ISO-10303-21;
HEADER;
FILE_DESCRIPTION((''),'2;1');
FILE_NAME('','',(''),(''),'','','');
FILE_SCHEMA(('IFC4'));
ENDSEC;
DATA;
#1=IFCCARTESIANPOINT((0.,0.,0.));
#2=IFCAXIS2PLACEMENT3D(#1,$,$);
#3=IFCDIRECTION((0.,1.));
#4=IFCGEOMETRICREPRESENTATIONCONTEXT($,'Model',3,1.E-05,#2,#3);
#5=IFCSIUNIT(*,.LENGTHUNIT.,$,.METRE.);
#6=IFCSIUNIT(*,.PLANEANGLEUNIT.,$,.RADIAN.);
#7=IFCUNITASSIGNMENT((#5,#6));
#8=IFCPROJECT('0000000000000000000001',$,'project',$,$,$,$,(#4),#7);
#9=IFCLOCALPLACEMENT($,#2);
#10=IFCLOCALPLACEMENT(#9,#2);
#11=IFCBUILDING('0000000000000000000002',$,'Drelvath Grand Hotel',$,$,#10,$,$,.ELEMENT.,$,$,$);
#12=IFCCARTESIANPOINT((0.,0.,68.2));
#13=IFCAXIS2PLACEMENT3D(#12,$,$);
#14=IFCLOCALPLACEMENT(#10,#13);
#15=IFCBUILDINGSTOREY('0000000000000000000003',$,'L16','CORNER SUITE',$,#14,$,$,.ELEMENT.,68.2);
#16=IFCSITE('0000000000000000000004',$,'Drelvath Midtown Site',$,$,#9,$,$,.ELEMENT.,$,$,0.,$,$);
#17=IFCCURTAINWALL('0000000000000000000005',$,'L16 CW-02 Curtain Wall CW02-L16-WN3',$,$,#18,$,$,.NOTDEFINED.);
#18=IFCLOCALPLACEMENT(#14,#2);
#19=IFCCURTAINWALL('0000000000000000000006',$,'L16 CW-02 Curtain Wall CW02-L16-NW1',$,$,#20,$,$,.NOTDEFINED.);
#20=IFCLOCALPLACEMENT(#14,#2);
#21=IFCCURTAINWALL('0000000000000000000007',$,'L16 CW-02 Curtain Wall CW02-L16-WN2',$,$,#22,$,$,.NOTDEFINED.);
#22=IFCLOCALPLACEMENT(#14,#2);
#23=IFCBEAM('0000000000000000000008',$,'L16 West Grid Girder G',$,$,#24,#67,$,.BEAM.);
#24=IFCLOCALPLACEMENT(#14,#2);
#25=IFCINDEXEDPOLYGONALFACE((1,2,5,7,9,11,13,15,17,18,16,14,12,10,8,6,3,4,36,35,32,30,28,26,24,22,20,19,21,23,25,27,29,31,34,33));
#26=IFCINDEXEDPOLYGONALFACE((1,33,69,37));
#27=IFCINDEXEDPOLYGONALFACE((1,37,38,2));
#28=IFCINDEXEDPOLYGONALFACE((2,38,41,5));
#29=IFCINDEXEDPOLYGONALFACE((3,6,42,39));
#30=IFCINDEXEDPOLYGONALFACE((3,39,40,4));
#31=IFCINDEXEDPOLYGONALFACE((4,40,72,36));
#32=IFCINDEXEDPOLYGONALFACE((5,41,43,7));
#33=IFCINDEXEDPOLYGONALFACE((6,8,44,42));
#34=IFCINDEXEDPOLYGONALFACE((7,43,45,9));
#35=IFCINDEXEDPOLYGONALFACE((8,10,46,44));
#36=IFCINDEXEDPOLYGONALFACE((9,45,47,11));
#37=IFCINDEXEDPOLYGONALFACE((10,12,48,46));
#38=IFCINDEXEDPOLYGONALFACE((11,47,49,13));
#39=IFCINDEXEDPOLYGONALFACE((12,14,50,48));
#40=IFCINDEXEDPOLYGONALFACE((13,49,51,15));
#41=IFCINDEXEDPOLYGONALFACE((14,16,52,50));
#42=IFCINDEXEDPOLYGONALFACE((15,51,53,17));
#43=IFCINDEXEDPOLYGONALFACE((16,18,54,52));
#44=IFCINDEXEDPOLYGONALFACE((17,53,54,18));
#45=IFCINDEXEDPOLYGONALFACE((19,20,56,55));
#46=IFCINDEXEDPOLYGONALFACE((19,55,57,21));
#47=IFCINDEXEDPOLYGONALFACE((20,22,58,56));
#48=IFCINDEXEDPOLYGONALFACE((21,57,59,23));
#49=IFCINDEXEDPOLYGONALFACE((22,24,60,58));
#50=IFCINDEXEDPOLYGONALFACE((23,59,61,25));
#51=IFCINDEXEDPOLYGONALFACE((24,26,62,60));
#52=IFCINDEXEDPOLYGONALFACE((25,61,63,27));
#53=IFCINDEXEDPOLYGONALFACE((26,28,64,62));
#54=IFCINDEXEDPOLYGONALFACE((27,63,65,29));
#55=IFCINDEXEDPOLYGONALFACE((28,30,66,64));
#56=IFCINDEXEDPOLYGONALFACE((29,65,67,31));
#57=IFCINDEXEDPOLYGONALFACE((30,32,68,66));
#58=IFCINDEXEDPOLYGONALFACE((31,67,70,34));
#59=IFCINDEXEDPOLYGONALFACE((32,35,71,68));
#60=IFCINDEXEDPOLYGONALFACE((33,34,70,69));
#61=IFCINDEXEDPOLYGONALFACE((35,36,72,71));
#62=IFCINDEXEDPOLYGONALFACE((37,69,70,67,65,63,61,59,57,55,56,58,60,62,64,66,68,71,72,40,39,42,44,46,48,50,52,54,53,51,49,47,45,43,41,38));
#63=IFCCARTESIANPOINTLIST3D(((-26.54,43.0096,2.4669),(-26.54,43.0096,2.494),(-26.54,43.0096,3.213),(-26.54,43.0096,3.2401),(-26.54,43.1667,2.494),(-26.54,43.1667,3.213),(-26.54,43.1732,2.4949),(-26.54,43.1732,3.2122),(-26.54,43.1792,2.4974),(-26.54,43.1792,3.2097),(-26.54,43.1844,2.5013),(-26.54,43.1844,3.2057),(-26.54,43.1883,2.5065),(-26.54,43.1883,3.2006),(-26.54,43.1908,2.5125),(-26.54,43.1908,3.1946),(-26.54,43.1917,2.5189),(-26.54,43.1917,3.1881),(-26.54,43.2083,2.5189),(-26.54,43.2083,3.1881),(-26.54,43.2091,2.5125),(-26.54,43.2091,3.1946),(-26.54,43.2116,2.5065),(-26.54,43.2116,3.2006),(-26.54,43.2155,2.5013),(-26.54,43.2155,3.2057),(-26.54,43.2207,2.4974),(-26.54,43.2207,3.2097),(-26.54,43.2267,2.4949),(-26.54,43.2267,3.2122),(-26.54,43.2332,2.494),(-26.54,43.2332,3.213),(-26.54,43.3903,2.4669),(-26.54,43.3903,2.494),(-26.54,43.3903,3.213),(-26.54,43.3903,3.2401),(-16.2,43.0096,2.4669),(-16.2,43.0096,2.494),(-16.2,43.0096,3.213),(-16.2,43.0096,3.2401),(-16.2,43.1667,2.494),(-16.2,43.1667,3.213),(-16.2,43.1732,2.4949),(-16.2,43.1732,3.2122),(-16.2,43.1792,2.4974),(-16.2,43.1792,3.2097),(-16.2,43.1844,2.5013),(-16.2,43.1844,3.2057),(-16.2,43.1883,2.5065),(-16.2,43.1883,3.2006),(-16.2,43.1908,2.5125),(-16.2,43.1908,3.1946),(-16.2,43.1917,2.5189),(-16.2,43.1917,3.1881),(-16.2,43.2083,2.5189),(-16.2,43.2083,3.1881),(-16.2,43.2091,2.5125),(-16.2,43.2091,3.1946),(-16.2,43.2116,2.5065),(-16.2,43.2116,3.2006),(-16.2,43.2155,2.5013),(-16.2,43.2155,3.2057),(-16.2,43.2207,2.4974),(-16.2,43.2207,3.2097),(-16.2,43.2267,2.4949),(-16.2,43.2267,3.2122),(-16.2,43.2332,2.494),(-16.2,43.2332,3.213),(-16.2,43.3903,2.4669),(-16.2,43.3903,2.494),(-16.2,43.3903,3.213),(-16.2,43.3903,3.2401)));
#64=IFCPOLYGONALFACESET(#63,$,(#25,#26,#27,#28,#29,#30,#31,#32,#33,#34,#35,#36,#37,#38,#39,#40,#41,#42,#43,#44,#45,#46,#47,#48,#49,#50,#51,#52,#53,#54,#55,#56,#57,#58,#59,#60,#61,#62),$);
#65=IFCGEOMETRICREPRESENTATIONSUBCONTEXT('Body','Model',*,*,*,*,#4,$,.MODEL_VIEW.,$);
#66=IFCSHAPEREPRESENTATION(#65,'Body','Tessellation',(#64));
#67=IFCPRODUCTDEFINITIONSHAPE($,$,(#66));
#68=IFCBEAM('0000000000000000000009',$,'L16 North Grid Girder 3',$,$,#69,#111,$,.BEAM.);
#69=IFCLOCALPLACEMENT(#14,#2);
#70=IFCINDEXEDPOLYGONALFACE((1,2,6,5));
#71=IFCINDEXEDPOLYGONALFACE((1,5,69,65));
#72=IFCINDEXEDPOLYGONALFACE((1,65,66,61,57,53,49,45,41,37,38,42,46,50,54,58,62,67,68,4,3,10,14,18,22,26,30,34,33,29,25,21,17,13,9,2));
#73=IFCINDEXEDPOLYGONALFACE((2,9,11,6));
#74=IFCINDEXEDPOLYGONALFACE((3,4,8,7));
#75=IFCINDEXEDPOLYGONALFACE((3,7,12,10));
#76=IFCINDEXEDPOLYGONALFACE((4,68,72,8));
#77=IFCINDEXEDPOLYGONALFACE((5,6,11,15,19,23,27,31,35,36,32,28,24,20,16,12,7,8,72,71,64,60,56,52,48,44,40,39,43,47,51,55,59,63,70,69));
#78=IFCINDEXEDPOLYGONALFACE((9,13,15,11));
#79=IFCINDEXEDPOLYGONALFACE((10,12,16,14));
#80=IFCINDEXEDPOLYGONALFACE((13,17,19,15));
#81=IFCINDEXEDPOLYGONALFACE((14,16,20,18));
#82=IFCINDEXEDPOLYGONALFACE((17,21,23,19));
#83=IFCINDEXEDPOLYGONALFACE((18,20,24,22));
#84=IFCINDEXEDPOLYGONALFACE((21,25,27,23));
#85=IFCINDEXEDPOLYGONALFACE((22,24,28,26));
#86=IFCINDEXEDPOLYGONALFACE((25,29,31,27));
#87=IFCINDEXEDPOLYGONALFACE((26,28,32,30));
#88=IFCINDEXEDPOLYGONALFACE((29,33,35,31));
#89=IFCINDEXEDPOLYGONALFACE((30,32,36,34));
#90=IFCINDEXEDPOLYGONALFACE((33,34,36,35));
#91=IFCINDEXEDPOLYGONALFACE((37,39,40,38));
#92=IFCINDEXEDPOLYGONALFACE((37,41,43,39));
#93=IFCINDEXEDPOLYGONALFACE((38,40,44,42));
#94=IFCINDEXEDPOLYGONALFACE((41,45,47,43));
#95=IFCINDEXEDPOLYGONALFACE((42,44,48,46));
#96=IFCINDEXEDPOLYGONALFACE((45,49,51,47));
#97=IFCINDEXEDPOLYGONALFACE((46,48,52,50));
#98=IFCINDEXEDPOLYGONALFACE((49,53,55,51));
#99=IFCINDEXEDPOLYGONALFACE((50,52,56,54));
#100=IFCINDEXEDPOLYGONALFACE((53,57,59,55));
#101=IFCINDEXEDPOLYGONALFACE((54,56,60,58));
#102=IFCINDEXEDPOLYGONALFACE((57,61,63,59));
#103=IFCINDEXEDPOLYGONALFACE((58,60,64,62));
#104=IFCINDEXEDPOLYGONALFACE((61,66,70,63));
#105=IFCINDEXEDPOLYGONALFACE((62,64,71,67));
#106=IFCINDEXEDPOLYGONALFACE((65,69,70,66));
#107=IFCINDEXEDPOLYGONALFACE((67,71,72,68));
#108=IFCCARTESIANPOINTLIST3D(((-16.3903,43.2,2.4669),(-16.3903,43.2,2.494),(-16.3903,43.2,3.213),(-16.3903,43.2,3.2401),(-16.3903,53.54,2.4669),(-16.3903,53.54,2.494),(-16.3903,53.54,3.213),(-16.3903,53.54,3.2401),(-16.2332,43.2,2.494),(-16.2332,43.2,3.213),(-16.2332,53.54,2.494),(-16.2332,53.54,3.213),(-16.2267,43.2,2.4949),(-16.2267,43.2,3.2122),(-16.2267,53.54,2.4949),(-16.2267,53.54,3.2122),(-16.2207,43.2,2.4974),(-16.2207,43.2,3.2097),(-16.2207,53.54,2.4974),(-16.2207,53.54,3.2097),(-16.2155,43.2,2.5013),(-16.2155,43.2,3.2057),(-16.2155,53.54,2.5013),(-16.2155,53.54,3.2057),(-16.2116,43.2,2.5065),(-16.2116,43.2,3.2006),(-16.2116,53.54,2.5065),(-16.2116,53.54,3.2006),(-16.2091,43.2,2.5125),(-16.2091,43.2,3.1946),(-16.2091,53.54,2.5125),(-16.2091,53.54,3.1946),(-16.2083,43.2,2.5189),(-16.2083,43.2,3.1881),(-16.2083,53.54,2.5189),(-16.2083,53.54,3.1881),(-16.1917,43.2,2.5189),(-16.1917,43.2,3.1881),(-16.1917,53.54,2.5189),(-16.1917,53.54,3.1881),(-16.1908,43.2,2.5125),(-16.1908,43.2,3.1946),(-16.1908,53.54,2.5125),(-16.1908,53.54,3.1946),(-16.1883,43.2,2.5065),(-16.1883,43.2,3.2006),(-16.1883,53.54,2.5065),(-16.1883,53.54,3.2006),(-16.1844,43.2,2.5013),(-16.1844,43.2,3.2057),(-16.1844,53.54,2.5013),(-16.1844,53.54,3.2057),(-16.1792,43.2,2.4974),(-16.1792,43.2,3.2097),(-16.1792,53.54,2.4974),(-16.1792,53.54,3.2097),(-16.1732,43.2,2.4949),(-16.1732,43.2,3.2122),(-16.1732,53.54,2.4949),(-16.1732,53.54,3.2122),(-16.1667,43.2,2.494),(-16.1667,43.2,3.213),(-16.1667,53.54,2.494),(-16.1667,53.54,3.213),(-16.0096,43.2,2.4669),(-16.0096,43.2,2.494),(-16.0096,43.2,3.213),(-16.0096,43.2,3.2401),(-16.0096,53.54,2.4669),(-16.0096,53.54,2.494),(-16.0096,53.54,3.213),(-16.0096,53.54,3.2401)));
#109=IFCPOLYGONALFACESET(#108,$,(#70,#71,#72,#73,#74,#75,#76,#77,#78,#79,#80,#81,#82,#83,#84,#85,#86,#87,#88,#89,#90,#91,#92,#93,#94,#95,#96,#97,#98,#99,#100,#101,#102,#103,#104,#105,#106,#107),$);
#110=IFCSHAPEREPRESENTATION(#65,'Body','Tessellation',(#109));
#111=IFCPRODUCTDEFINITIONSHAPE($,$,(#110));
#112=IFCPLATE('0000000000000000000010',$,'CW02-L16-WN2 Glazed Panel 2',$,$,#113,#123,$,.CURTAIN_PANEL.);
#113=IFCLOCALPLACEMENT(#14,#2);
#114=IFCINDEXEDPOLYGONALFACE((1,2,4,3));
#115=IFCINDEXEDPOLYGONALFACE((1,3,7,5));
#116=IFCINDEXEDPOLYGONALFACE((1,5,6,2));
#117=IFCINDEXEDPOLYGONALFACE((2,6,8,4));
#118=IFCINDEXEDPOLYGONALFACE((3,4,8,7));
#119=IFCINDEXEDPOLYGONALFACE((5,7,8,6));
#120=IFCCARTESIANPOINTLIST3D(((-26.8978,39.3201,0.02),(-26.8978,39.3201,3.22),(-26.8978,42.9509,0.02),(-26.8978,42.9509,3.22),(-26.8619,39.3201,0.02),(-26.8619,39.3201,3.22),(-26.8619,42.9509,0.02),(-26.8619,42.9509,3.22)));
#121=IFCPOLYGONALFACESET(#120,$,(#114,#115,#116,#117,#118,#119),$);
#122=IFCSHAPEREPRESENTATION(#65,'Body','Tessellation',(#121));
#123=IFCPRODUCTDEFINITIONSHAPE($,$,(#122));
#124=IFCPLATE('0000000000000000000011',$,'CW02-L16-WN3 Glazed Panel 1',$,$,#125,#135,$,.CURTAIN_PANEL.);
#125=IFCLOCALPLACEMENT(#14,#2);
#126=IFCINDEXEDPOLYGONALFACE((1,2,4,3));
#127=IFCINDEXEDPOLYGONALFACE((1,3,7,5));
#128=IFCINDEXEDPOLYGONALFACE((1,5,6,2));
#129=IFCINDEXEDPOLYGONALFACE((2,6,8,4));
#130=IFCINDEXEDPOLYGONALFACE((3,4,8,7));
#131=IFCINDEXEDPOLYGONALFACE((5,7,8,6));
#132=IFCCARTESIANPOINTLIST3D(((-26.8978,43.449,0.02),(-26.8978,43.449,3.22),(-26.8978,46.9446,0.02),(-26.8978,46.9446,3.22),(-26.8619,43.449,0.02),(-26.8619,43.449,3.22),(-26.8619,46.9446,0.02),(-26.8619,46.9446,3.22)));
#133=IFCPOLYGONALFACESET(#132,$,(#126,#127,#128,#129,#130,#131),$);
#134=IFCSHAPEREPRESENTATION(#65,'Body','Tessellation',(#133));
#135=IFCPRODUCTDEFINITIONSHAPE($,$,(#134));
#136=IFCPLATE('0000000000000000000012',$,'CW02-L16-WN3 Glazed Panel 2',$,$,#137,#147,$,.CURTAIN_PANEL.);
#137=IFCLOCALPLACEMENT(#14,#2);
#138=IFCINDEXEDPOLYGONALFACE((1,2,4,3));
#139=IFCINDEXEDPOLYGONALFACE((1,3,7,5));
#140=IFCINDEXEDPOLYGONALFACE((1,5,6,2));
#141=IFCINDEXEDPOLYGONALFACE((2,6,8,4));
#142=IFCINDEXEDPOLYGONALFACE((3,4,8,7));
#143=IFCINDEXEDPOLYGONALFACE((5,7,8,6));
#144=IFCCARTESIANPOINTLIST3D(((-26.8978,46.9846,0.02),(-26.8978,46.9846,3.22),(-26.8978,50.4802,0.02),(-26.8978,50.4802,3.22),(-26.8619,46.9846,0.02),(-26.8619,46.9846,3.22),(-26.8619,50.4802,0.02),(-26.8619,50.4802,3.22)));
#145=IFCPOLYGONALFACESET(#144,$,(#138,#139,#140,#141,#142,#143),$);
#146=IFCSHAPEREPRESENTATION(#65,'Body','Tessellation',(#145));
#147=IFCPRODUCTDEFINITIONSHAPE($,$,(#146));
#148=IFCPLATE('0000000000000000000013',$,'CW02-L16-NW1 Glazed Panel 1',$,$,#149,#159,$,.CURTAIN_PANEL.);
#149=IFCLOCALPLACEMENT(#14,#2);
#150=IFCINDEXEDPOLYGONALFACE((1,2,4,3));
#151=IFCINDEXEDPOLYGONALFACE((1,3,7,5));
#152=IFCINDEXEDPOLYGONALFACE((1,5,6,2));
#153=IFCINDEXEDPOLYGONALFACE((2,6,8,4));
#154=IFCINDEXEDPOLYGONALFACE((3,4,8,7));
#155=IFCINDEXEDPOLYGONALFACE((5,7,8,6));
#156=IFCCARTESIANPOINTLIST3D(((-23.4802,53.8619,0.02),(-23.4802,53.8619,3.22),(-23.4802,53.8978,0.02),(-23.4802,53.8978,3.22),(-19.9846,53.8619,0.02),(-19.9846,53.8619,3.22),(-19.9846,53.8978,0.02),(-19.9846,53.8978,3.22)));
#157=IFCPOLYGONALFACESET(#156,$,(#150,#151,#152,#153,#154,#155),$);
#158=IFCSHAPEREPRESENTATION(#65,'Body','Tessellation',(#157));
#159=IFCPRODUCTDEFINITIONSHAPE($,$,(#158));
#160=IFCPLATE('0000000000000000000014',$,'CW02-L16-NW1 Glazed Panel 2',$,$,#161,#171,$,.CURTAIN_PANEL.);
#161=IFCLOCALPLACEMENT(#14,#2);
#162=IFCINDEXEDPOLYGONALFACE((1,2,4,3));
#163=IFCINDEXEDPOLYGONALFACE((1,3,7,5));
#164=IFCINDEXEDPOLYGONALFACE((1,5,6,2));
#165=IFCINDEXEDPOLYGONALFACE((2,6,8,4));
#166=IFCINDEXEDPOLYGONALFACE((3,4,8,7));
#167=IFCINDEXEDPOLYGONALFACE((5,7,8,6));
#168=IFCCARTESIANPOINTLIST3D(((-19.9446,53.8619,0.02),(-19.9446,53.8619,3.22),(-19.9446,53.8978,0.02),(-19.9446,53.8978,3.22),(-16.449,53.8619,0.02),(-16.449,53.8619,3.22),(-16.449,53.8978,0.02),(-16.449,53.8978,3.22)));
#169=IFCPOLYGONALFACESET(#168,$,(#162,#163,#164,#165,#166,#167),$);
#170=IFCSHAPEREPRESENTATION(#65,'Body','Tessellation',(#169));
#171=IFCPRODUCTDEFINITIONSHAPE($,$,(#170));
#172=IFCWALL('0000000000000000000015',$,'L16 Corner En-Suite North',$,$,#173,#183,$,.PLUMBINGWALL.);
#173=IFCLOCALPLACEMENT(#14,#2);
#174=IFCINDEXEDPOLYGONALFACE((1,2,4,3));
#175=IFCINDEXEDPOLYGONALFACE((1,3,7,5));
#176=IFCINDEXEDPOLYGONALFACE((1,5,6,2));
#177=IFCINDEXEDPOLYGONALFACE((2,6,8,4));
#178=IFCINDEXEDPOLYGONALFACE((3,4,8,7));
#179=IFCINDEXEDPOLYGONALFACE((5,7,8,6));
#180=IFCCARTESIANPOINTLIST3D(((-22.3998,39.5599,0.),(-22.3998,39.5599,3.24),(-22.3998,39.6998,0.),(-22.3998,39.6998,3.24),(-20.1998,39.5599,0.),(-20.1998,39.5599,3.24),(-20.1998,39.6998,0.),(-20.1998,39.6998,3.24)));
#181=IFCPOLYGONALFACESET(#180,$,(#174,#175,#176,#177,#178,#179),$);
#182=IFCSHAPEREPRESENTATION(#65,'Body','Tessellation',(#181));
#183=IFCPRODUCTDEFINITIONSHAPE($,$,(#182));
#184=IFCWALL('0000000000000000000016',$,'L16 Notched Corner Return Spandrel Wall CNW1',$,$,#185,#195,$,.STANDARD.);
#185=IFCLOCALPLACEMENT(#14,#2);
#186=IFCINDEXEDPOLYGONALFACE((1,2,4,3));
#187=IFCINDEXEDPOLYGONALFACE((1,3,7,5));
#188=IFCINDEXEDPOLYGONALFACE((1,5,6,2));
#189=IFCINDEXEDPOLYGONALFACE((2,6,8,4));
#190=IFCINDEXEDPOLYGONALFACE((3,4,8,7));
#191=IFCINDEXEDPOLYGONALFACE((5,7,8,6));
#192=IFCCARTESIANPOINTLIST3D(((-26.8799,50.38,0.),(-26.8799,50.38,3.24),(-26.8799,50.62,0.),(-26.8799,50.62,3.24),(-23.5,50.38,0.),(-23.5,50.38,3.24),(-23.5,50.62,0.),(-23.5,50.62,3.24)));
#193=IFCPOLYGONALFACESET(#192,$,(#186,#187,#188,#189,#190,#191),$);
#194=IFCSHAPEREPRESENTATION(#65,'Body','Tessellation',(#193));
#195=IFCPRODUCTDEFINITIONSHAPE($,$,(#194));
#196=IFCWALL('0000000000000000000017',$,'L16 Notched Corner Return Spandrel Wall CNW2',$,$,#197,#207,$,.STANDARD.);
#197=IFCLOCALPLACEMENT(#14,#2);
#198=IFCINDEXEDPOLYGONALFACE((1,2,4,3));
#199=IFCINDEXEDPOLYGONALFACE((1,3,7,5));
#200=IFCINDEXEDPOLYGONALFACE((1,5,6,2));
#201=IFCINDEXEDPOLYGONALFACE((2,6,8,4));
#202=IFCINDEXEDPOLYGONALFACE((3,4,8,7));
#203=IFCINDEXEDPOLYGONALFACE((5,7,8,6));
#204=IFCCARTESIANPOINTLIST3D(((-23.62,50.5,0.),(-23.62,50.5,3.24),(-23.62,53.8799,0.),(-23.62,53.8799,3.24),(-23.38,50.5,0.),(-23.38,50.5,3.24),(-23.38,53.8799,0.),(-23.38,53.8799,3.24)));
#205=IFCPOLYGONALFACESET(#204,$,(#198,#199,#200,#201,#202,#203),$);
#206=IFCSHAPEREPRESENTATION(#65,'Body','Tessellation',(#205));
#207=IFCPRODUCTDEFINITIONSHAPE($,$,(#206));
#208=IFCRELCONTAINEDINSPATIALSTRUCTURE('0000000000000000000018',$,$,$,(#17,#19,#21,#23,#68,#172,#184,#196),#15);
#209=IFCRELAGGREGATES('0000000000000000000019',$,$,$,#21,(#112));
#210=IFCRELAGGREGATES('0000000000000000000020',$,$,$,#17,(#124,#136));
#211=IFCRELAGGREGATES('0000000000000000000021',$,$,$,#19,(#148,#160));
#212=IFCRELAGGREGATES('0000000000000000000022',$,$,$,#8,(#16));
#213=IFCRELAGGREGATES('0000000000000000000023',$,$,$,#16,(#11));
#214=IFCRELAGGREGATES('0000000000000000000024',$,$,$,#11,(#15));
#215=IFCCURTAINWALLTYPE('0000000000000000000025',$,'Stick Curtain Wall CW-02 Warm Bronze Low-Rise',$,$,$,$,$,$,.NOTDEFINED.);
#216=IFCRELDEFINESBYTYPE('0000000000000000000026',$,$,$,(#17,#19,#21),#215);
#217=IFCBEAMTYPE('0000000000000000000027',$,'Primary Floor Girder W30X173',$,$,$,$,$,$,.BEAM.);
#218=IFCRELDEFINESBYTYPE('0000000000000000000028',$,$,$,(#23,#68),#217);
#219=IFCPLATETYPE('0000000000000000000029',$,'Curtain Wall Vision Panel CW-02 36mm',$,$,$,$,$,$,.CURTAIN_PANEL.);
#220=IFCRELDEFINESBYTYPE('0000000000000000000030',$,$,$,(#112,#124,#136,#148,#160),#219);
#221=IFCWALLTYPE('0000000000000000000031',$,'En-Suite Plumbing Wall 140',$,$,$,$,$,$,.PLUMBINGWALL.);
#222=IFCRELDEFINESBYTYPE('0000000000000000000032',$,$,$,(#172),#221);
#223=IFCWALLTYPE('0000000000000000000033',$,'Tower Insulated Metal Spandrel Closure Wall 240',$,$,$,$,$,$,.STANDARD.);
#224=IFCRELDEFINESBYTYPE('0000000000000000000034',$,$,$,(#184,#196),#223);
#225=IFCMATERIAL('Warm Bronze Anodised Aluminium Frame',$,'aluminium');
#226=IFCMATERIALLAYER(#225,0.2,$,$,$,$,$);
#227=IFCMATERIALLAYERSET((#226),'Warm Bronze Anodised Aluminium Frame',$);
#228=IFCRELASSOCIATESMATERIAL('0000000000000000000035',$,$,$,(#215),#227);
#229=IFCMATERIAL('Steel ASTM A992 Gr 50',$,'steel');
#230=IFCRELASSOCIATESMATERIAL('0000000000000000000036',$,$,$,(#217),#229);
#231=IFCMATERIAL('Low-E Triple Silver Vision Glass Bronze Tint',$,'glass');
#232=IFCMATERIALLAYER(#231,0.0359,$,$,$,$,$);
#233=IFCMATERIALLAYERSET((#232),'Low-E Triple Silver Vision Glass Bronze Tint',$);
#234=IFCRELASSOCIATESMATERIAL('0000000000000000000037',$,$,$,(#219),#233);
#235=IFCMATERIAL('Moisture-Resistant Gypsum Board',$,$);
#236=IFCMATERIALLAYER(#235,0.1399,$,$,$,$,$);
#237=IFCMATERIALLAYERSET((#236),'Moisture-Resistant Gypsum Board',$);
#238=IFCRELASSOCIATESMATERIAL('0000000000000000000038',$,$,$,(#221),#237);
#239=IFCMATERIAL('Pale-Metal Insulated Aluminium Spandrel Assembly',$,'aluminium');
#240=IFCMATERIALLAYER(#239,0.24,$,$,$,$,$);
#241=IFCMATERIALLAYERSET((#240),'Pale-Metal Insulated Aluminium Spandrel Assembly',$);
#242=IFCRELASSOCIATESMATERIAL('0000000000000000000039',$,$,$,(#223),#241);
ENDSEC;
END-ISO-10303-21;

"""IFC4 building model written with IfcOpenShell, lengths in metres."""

from ifc_helpers import new_model, si_unit, direction, frame, frame_2d, origin, origin_2d, place, context, subcontext, project, spatial, rectangle, i_section, extrude, material, layer, layer_set, material_profile, profile_set, type_object, element, aggregate, save


model = new_model("IFC4")

# Units and contexts
model_context = context("Model", 3, precision=1e-05, world=origin(), true_north=direction((0.0, 1.0)))
body_context = subcontext(model_context, "Body", "Model", "MODEL_VIEW")
ifc_project = project(units=[si_unit("LENGTHUNIT", "METRE"), si_unit("PLANEANGLEUNIT", "RADIAN")], contexts=[model_context])

# Site, building, storey
site_placement = place(None, origin())
site = spatial("IfcSite", under=ifc_project, at=site_placement, Name="Drelvath Midtown Site", CompositionType="ELEMENT", RefElevation=0.0)
building_placement = place(site_placement, origin())
building = spatial("IfcBuilding", under=site, at=building_placement, Name="Drelvath Grand Hotel", CompositionType="ELEMENT")
storey_placement = place(building_placement, frame((0.0, 0.0, 68.2)))
storey = spatial("IfcBuildingStorey", under=building, at=storey_placement, Name="L16", Description="CORNER SUITE", CompositionType="ELEMENT", Elevation=68.2)

# Shared definitions
ifc_material_1 = material(Name="Steel ASTM A992 Gr 50", Category="steel")

# Curtain walls
ifc_material_2 = material(Name="Warm Bronze Anodised Aluminium Frame", Category="aluminium")
ifc_layer_1 = layer(ifc_material_2, 0.2)
ifc_layer_set_1 = layer_set([ifc_layer_1], Name="Warm Bronze Anodised Aluminium Frame")
curtain_wall_type = type_object("IfcCurtainWallType", Name="Stick Curtain Wall CW-02 Warm Bronze Low-Rise", PredefinedType="NOTDEFINED", material=ifc_layer_set_1)
curtain_wall_1_placement = place(storey_placement, origin())
curtain_wall_1 = element("IfcCurtainWall", 1, at=curtain_wall_1_placement, inside=storey, type_object=curtain_wall_type, Name="L16 CW-02 Curtain Wall CW02-L16-WN3", PredefinedType="NOTDEFINED")
curtain_wall_2_placement = place(storey_placement, origin())
curtain_wall_2 = element("IfcCurtainWall", 2, at=curtain_wall_2_placement, inside=storey, type_object=curtain_wall_type, Name="L16 CW-02 Curtain Wall CW02-L16-NW1", PredefinedType="NOTDEFINED")

# Curtain wall
curtain_wall_3_placement = place(storey_placement, origin())
curtain_wall_3 = element("IfcCurtainWall", 3, at=curtain_wall_3_placement, inside=storey, type_object=curtain_wall_type, Name="L16 CW-02 Curtain Wall CW02-L16-WN2", PredefinedType="NOTDEFINED")

# Beams
ifc_material_profile_1 = material_profile(ifc_material_1, i_section(OverallWidth=0.3806, OverallDepth=0.7732, WebThickness=0.0166, FlangeThickness=0.0271, FilletRadius=0.0249, at=origin_2d()), Name="W30X173")
ifc_profile_set_1 = profile_set([ifc_material_profile_1], Name="Steel ASTM A992 Gr 50")
beam_type_1 = type_object("IfcBeamType", Name="Primary Floor Girder W30X173", PredefinedType="BEAM", material=ifc_profile_set_1)
for number, where, z_axis, x_axis, name in (
    (4, (-26.54, 43.2, 2.8535), (1.0, 0.0, 0.0), (0.0, 1.0, 0.0), "L16 West Grid Girder G"),
    (5, (-16.2, 43.2, 2.8535), (0.0, 1.0, 0.0), (-1.0, 0.0, 0.0), "L16 North Grid Girder 3"),
):
    element("IfcBeam", number, at=place(storey_placement, frame(where, z_axis=z_axis, x_axis=x_axis)), inside=storey, type_object=beam_type_1, Name=name, PredefinedType="BEAM", context=body_context, shape_type="SweptSolid", body=[
        extrude(i_section(OverallWidth=0.3806, OverallDepth=0.7732, WebThickness=0.0166, FlangeThickness=0.0271, FilletRadius=0.0249, at=origin_2d()), origin(), (0.0, 0.0, 1.0), 10.3401),
    ])

# Plates
ifc_material_3 = material(Name="Low-E Triple Silver Vision Glass Bronze Tint", Category="glass")
ifc_layer_2 = layer(ifc_material_3, 0.0359)
ifc_layer_set_2 = layer_set([ifc_layer_2], Name="Low-E Triple Silver Vision Glass Bronze Tint")
plate_type = type_object("IfcPlateType", Name="Curtain Wall Vision Panel CW-02 36mm", PredefinedType="CURTAIN_PANEL", material=ifc_layer_set_2)
plate_1_placement = place(storey_placement, frame((-26.8799, 41.1355, 0.02), z_axis=(0.0, 0.0, 1.0), x_axis=(0.0, 1.0, 0.0)))
plate_1 = element("IfcPlate", 6, at=plate_1_placement, type_object=plate_type, Name="CW02-L16-WN2 Glazed Panel 2", PredefinedType="CURTAIN_PANEL", context=body_context, shape_type="SweptSolid", body=[
    extrude(rectangle(XDim=3.6309, YDim=0.0359, at=origin_2d()), origin(), (0.0, 0.0, 1.0), 3.2),
])
aggregate(curtain_wall_3, [plate_1])
plate_2_placement = place(storey_placement, frame((-26.8799, 45.1968, 0.02), z_axis=(0.0, 0.0, 1.0), x_axis=(0.0, 1.0, 0.0)))
plate_2 = element("IfcPlate", 7, at=plate_2_placement, type_object=plate_type, Name="CW02-L16-WN3 Glazed Panel 1", PredefinedType="CURTAIN_PANEL", context=body_context, shape_type="SweptSolid", body=[
    extrude(rectangle(XDim=3.4956, YDim=0.0359, at=origin_2d()), origin(), (0.0, 0.0, 1.0), 3.2),
])
plate_3_placement = place(storey_placement, frame((-26.8799, 48.7324, 0.02), z_axis=(0.0, 0.0, 1.0), x_axis=(0.0, 1.0, 0.0)))
plate_3 = element("IfcPlate", 8, at=plate_3_placement, type_object=plate_type, Name="CW02-L16-WN3 Glazed Panel 2", PredefinedType="CURTAIN_PANEL", context=body_context, shape_type="SweptSolid", body=[
    extrude(rectangle(XDim=3.4956, YDim=0.0359, at=origin_2d()), origin(), (0.0, 0.0, 1.0), 3.2),
])
aggregate(curtain_wall_1, [plate_2, plate_3])
plate_4_placement = place(storey_placement, frame((-21.7324, 53.8799, 0.02), z_axis=(0.0, 0.0, 1.0), x_axis=(1.0, 0.0, 0.0)))
plate_4 = element("IfcPlate", 9, at=plate_4_placement, type_object=plate_type, Name="CW02-L16-NW1 Glazed Panel 1", PredefinedType="CURTAIN_PANEL", context=body_context, shape_type="SweptSolid", body=[
    extrude(rectangle(XDim=3.4956, YDim=0.0359, at=origin_2d()), origin(), (0.0, 0.0, 1.0), 3.2),
])
plate_5_placement = place(storey_placement, frame((-18.1968, 53.8799, 0.02), z_axis=(0.0, 0.0, 1.0), x_axis=(1.0, 0.0, 0.0)))
plate_5 = element("IfcPlate", 10, at=plate_5_placement, type_object=plate_type, Name="CW02-L16-NW1 Glazed Panel 2", PredefinedType="CURTAIN_PANEL", context=body_context, shape_type="SweptSolid", body=[
    extrude(rectangle(XDim=3.4956, YDim=0.0359, at=origin_2d()), origin(), (0.0, 0.0, 1.0), 3.2),
])
aggregate(curtain_wall_2, [plate_4, plate_5])

# Walls
ifc_material_4 = material(Name="Moisture-Resistant Gypsum Board")
ifc_layer_3 = layer(ifc_material_4, 0.1399)
ifc_layer_set_3 = layer_set([ifc_layer_3], Name="Moisture-Resistant Gypsum Board")
wall_type_1 = type_object("IfcWallType", Name="En-Suite Plumbing Wall 140", PredefinedType="PLUMBINGWALL", material=ifc_layer_set_3)
wall_placement = place(storey_placement, frame((-22.3999, 39.6299, 0.0), z_axis=(0.0, 0.0, 1.0), x_axis=(1.0, 0.0, 0.0)))
element("IfcWall", 11, at=wall_placement, inside=storey, type_object=wall_type_1, Name="L16 Corner En-Suite North", PredefinedType="PLUMBINGWALL", context=body_context, shape_type="SweptSolid", body=[
    extrude(rectangle(XDim=2.2, YDim=0.1399, at=frame_2d((1.1001, 0.0))), origin(), (0.0, 0.0, 1.0), 3.24),
])
ifc_material_5 = material(Name="Pale-Metal Insulated Aluminium Spandrel Assembly", Category="aluminium")
ifc_layer_4 = layer(ifc_material_5, 0.24)
ifc_layer_set_4 = layer_set([ifc_layer_4], Name="Pale-Metal Insulated Aluminium Spandrel Assembly")
wall_type_2 = type_object("IfcWallType", Name="Tower Insulated Metal Spandrel Closure Wall 240", PredefinedType="STANDARD", material=ifc_layer_set_4)
for number, where, z_axis, x_axis, name in (
    (12, (-26.8799, 50.5, 0.0), (0.0, 0.0, 1.0), (1.0, 0.0, 0.0), "L16 Notched Corner Return Spandrel Wall CNW1"),
    (13, (-23.5, 50.5, 0.0), (0.0, 0.0, 1.0), (0.0, 1.0, 0.0), "L16 Notched Corner Return Spandrel Wall CNW2"),
):
    element("IfcWall", number, at=place(storey_placement, frame(where, z_axis=z_axis, x_axis=x_axis)), inside=storey, type_object=wall_type_2, Name=name, PredefinedType="STANDARD", context=body_context, shape_type="SweptSolid", body=[
        extrude(rectangle(XDim=3.3799, YDim=0.24, at=frame_2d((1.6899, 0.0))), origin(), (0.0, 0.0, 1.0), 3.24),
    ])

save(model, "model.ifc")
